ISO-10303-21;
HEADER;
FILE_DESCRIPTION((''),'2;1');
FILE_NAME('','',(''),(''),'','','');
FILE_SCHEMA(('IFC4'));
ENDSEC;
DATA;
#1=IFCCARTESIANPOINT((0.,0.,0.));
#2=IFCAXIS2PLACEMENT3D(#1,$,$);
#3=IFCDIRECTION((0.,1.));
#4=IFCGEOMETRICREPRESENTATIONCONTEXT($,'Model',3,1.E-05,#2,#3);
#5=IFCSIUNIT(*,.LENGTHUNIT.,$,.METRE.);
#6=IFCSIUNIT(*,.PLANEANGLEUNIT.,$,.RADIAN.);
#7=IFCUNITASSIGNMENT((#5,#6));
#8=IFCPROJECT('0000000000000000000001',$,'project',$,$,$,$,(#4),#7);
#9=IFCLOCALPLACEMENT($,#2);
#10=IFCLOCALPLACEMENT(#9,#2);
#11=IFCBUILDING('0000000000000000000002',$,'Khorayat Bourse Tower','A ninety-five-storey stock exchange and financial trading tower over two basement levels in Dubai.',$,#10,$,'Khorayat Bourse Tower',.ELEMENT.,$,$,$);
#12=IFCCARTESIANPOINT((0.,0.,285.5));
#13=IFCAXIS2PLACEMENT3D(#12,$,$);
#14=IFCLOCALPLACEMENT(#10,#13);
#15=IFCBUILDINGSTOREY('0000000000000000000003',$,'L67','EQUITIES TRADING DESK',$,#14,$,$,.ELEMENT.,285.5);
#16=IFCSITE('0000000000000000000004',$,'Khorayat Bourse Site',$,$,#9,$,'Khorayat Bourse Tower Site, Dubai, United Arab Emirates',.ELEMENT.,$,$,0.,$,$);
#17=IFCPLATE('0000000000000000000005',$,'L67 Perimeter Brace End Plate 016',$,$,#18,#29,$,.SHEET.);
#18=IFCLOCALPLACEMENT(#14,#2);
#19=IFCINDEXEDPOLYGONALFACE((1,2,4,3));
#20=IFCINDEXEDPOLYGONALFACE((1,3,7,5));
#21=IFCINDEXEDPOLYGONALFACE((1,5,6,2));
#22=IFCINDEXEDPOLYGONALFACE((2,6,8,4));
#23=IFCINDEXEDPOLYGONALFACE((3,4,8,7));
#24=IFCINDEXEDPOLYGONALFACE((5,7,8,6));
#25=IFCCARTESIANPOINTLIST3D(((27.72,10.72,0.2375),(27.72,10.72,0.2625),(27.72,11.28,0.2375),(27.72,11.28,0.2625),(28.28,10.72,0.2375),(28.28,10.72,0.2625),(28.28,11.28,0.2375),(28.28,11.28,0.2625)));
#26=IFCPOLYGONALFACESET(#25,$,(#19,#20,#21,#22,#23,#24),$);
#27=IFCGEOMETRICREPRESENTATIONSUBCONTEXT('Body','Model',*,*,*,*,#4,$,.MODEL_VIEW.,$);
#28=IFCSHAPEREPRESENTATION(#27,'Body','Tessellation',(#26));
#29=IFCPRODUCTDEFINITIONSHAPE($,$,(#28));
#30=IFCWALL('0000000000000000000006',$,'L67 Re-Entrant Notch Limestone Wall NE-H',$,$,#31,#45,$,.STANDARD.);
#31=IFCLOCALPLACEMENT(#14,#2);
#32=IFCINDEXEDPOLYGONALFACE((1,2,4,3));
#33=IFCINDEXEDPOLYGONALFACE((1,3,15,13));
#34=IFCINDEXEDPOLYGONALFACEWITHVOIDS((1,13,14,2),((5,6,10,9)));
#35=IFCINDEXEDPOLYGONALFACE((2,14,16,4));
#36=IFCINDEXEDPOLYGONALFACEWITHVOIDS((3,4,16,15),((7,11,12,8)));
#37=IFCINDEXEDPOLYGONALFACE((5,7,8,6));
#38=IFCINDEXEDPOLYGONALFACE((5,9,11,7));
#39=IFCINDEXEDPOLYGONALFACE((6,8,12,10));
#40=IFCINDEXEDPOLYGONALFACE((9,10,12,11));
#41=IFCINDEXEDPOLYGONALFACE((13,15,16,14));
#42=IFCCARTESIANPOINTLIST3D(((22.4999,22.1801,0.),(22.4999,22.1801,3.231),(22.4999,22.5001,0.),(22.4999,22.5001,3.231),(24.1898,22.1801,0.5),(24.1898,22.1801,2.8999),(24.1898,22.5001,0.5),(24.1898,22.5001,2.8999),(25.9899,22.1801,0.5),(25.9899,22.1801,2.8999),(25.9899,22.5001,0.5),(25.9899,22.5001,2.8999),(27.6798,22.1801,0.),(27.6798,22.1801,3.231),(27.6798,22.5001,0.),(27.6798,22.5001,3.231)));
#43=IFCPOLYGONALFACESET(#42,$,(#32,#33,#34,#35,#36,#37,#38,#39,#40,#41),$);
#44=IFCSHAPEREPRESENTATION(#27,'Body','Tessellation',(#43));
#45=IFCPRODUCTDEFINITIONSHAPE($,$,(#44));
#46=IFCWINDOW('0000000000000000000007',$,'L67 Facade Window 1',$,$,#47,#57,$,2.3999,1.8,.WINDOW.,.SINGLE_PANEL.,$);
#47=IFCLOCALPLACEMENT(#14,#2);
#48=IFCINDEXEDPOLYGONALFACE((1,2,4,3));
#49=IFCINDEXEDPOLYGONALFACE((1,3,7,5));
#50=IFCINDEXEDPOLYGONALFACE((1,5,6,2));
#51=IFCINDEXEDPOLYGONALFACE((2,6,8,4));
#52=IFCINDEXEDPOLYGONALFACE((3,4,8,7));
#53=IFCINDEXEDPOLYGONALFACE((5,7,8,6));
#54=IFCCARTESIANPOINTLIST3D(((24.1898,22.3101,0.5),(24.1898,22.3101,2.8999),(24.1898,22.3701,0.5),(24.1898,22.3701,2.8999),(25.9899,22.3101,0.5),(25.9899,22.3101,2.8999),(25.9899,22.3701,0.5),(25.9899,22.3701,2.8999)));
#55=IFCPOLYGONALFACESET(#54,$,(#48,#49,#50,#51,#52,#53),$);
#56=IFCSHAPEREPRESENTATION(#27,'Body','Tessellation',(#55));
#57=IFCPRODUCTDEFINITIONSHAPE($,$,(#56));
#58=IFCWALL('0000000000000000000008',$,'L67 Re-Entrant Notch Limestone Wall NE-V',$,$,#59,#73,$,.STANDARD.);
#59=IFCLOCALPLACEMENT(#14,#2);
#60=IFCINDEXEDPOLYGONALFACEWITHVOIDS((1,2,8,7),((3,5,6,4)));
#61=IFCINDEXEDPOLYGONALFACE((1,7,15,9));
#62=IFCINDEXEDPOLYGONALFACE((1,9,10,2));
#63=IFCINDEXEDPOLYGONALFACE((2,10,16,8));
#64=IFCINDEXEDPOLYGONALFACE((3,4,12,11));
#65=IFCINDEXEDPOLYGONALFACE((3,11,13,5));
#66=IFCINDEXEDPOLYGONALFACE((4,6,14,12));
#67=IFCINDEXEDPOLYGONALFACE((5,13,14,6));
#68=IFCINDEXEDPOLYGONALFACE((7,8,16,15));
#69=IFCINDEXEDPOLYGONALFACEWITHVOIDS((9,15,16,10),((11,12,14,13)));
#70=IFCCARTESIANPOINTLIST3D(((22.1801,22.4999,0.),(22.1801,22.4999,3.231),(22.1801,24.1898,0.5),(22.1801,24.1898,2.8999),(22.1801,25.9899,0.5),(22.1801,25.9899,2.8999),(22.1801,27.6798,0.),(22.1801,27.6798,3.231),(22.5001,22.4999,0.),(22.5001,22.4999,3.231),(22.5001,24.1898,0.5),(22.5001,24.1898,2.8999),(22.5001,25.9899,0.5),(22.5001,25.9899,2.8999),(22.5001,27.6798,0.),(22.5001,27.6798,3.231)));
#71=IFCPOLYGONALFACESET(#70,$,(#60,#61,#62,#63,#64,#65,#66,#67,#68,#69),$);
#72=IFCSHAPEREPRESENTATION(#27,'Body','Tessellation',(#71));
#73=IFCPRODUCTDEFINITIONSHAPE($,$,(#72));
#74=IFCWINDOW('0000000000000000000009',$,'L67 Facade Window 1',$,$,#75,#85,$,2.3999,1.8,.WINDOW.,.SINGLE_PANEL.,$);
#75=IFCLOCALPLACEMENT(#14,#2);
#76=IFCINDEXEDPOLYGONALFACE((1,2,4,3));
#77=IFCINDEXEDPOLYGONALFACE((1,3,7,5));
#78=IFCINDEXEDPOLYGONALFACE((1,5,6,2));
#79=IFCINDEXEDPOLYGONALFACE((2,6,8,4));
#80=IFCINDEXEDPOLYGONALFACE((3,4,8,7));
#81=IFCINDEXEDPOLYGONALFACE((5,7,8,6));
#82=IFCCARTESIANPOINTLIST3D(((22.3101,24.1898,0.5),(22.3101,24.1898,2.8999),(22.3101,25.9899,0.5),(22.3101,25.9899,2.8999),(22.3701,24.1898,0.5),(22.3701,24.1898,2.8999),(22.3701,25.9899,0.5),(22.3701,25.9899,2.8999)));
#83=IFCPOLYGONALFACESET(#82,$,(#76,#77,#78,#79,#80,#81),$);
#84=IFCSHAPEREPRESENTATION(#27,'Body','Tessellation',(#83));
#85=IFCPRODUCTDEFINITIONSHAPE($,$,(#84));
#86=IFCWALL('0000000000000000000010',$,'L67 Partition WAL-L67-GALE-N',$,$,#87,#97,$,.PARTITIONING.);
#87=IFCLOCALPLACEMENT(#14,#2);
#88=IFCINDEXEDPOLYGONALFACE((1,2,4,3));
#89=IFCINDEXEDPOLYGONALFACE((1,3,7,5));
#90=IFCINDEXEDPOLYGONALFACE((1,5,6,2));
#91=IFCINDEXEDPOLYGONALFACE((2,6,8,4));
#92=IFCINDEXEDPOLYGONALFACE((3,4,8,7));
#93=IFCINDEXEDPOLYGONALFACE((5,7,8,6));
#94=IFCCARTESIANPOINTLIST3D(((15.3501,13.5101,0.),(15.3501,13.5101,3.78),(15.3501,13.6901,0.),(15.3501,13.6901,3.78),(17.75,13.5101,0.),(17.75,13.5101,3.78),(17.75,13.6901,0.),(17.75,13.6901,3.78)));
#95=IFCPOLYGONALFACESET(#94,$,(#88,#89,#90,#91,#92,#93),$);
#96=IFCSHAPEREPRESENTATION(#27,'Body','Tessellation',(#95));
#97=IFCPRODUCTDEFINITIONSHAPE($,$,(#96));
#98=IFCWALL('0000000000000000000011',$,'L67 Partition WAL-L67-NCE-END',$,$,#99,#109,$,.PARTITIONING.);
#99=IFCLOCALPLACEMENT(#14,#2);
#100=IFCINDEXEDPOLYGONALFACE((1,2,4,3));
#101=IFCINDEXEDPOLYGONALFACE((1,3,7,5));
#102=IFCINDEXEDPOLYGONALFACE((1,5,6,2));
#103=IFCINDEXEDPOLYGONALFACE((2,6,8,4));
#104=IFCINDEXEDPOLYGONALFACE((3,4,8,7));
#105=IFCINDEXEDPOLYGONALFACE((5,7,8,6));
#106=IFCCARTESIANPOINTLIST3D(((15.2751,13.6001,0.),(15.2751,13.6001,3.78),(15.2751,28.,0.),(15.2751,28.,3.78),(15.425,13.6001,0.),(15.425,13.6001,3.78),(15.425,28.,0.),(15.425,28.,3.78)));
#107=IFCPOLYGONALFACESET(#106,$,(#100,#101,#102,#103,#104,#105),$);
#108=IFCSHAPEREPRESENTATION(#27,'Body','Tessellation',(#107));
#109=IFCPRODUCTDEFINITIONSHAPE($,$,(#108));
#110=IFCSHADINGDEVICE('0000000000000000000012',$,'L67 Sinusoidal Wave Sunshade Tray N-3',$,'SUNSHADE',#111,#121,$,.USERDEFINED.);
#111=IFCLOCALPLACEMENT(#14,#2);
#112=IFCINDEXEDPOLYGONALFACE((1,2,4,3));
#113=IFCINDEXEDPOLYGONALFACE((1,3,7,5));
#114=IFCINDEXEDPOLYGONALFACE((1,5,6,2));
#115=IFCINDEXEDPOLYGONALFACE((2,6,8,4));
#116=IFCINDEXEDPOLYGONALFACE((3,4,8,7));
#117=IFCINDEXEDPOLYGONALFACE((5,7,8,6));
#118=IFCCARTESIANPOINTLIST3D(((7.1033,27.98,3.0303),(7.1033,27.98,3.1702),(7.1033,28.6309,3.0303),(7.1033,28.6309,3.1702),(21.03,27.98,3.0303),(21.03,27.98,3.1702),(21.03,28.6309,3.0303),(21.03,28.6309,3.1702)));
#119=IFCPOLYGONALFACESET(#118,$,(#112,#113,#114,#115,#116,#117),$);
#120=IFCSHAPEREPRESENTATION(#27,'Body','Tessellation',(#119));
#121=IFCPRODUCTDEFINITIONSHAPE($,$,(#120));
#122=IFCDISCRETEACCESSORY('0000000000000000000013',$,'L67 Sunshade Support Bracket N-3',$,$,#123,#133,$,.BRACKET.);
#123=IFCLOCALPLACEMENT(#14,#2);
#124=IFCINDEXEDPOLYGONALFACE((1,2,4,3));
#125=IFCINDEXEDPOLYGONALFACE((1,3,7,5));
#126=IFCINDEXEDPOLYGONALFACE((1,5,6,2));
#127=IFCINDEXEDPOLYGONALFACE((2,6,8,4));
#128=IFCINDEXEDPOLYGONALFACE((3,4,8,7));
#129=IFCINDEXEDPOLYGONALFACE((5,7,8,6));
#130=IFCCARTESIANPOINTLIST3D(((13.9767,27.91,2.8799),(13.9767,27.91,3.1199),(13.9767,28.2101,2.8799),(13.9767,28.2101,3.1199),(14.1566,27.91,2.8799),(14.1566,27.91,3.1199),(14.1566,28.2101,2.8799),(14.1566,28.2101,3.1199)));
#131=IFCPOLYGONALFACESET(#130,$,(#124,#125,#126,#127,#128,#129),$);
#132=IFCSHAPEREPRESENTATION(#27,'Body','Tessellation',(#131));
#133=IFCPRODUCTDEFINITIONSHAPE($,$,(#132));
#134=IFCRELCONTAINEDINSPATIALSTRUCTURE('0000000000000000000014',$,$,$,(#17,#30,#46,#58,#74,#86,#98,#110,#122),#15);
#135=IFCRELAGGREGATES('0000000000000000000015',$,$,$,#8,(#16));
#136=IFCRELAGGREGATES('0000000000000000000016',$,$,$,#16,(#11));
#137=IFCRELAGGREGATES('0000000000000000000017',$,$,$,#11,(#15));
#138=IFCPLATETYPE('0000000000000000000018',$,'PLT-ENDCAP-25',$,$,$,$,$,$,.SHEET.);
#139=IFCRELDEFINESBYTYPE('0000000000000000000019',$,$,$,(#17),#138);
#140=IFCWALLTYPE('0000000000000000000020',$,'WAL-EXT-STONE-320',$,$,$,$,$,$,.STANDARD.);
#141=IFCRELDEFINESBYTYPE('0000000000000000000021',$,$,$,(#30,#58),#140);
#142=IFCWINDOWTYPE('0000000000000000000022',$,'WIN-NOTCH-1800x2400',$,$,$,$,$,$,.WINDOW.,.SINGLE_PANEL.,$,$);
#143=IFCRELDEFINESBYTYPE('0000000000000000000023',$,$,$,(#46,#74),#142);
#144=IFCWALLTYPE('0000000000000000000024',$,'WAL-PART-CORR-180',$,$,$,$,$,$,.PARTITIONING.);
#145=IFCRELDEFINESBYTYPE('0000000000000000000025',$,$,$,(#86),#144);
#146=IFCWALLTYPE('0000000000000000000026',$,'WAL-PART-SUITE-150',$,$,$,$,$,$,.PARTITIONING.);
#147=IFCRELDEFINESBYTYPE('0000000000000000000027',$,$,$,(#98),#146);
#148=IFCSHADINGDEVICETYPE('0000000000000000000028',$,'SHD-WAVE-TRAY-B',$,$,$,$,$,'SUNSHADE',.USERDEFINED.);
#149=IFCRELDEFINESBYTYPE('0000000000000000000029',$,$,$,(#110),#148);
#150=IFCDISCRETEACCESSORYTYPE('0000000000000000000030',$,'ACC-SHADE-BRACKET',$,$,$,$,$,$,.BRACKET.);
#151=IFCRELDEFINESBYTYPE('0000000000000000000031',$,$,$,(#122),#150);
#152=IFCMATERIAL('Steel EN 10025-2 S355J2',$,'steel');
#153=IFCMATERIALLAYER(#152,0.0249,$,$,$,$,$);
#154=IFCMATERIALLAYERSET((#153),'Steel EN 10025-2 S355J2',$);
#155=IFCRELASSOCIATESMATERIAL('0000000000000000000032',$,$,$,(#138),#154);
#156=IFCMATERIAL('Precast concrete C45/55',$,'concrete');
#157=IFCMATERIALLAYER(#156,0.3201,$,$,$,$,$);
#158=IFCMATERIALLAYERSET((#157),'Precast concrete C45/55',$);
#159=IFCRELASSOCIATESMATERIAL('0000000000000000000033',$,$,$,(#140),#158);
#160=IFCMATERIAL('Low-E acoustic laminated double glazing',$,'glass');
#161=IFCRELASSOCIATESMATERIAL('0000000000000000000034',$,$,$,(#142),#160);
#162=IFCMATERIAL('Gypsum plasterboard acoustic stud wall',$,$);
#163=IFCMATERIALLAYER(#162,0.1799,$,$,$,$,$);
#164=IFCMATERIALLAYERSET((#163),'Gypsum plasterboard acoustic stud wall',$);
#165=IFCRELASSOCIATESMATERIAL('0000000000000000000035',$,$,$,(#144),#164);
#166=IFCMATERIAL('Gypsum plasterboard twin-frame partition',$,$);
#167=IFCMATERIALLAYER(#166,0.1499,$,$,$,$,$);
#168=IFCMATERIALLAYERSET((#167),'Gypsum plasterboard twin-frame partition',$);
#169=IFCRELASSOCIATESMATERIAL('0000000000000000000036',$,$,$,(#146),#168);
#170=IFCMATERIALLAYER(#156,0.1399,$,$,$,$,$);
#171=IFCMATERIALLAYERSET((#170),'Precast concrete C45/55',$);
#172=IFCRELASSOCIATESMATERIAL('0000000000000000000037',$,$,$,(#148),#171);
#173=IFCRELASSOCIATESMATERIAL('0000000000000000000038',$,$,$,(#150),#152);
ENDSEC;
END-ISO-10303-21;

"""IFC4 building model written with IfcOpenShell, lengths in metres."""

from ifc_helpers import new_model, si_unit, direction, frame, frame_2d, origin, origin_2d, place, context, subcontext, project, spatial, rectangle, extrude, source, transform, mapped, material, layer, layer_set, type_object, element, fill, save


model = new_model("IFC4")

# Units and contexts
model_context = context("Model", 3, precision=1e-05, world=origin(), true_north=direction((0.0, 1.0)))
body_context = subcontext(model_context, "Body", "Model", "MODEL_VIEW")
ifc_project = project(units=[si_unit("LENGTHUNIT", "METRE"), si_unit("PLANEANGLEUNIT", "RADIAN")], contexts=[model_context])

# Site, building, storey
site_placement = place(None, origin())
site = spatial("IfcSite", under=ifc_project, at=site_placement, Name="Khorayat Bourse Site", LongName="Khorayat Bourse Tower Site, Dubai, United Arab Emirates", CompositionType="ELEMENT", RefElevation=0.0)
building_placement = place(site_placement, origin())
building = spatial("IfcBuilding", under=site, at=building_placement, Name="Khorayat Bourse Tower", Description="A ninety-five-storey stock exchange and financial trading tower over two basement levels in Dubai.", LongName="Khorayat Bourse Tower", CompositionType="ELEMENT")
storey_placement = place(building_placement, frame((0.0, 0.0, 285.5)))
storey = spatial("IfcBuildingStorey", under=building, at=storey_placement, Name="L67", Description="EQUITIES TRADING DESK", CompositionType="ELEMENT", Elevation=285.5)

# Plate
ifc_material_1 = material(Name="Steel EN 10025-2 S355J2", Category="steel")
ifc_layer_1 = layer(ifc_material_1, 0.0249)
ifc_layer_set_1 = layer_set([ifc_layer_1], Name="Steel EN 10025-2 S355J2")
plate_type = type_object("IfcPlateType", Name="PLT-ENDCAP-25", PredefinedType="SHEET", material=ifc_layer_set_1)
shared_shape_1 = source(origin(), body_context, "Body", "SweptSolid", [
    extrude(rectangle(XDim=0.5601, YDim=0.5601, at=origin_2d()), origin(), (0.0, 0.0, 1.0), 0.0249),
])
for number, where, z_axis, x_axis, name in (
    (1, (28.0, 11.0, 0.2375), (0.0, 0.0, 1.0), (1.0, 0.0, 0.0), "L67 Perimeter Brace End Plate 016"),
):
    element("IfcPlate", number, at=place(storey_placement, frame(where, z_axis=z_axis, x_axis=x_axis)), inside=storey, type_object=plate_type, Name=name, PredefinedType="SHEET", context=body_context, shape_type="MappedRepresentation", body=[
        mapped(shared_shape_1, transform((0.0, 0.0, 0.0), scale=1.0)),
    ])

# Walls, openings, windows
ifc_material_2 = material(Name="Precast concrete C45/55", Category="concrete")
ifc_layer_2 = layer(ifc_material_2, 0.3201)
ifc_layer_set_2 = layer_set([ifc_layer_2], Name="Precast concrete C45/55")
wall_type_1 = type_object("IfcWallType", Name="WAL-EXT-STONE-320", PredefinedType="STANDARD", material=ifc_layer_set_2)
shared_shape_2 = source(origin(), body_context, "Body", "SweptSolid", [
    extrude(rectangle(XDim=5.1799, YDim=0.3201, at=frame_2d((2.5898, 0.0))), origin(), (0.0, 0.0, 1.0), 3.231),
])
wall_1_placement = place(storey_placement, frame((22.5, 22.3401, 0.0), z_axis=(0.0, 0.0, 1.0), x_axis=(1.0, 0.0, 0.0)))
wall_1 = element("IfcWall", 2, at=wall_1_placement, inside=storey, type_object=wall_type_1, Name="L67 Re-Entrant Notch Limestone Wall NE-H", PredefinedType="STANDARD", context=body_context, shape_type="MappedRepresentation", body=[
    mapped(shared_shape_2, transform((0.0, 0.0, 0.0), scale=1.0)),
])
shared_shape_3 = source(origin(), body_context, "Body", "SweptSolid", [
    extrude(rectangle(XDim=1.8, YDim=2.3999, at=frame_2d((0.8999, 1.2))), frame((0.0, 0.1699, 0.0), z_axis=(0.0, -1.0, 0.0), x_axis=(1.0, 0.0, 0.0)), (0.0, 0.0, 1.0), 0.3401),
])
opening_1_placement = place(wall_1_placement, frame((1.6899, 0.0, 0.5)))
opening_1 = element("IfcOpeningElement", 3, at=opening_1_placement, cuts=wall_1, PredefinedType="OPENING", context=body_context, shape_type="MappedRepresentation", body=[
    mapped(shared_shape_3, transform((0.0, 0.0, 0.0), scale=1.0)),
])
ifc_material_3 = material(Name="Low-E acoustic laminated double glazing", Category="glass")
window_type = type_object("IfcWindowType", Name="WIN-NOTCH-1800x2400", PartitioningType="SINGLE_PANEL", PredefinedType="WINDOW", material=ifc_material_3)
shared_shape_4 = source(origin(), body_context, "Body", "SweptSolid", [
    extrude(rectangle(XDim=1.8, YDim=2.3999, at=frame_2d((0.8999, 1.2))), frame((0.0, 0.03, 0.0), z_axis=(0.0, -1.0, 0.0), x_axis=(1.0, 0.0, 0.0)), (0.0, 0.0, 1.0), 0.0601),
])
window_1_placement = place(opening_1_placement, origin())
window_1 = element("IfcWindow", 4, at=window_1_placement, inside=storey, type_object=window_type, Name="L67 Facade Window 1", OverallHeight=2.3999, OverallWidth=1.8, PartitioningType="SINGLE_PANEL", PredefinedType="WINDOW", context=body_context, shape_type="MappedRepresentation", body=[
    mapped(shared_shape_4, transform((0.0, 0.0, 0.0), scale=1.0)),
])
fill(opening_1, window_1)
wall_2_placement = place(storey_placement, frame((22.3401, 22.5, 0.0), z_axis=(0.0, 0.0, 1.0), x_axis=(0.0, 1.0, 0.0)))
wall_2 = element("IfcWall", 5, at=wall_2_placement, inside=storey, type_object=wall_type_1, Name="L67 Re-Entrant Notch Limestone Wall NE-V", PredefinedType="STANDARD", context=body_context, shape_type="MappedRepresentation", body=[
    mapped(shared_shape_2, transform((0.0, 0.0, 0.0), scale=1.0)),
])
opening_2_placement = place(wall_2_placement, frame((1.6899, 0.0, 0.5)))
opening_2 = element("IfcOpeningElement", 6, at=opening_2_placement, cuts=wall_2, PredefinedType="OPENING", context=body_context, shape_type="MappedRepresentation", body=[
    mapped(shared_shape_3, transform((0.0, 0.0, 0.0), scale=1.0)),
])
window_2_placement = place(opening_2_placement, origin())
window_2 = element("IfcWindow", 7, at=window_2_placement, inside=storey, type_object=window_type, Name="L67 Facade Window 1", OverallHeight=2.3999, OverallWidth=1.8, PartitioningType="SINGLE_PANEL", PredefinedType="WINDOW", context=body_context, shape_type="MappedRepresentation", body=[
    mapped(shared_shape_4, transform((0.0, 0.0, 0.0), scale=1.0)),
])
fill(opening_2, window_2)

# Walls
ifc_material_4 = material(Name="Gypsum plasterboard acoustic stud wall")
ifc_layer_3 = layer(ifc_material_4, 0.1799)
ifc_layer_set_3 = layer_set([ifc_layer_3], Name="Gypsum plasterboard acoustic stud wall")
wall_type_2 = type_object("IfcWallType", Name="WAL-PART-CORR-180", PredefinedType="PARTITIONING", material=ifc_layer_set_3)
shared_shape_5 = source(origin(), body_context, "Body", "SweptSolid", [
    extrude(rectangle(XDim=2.3999, YDim=0.1799, at=frame_2d((1.2, 0.0))), origin(), (0.0, 0.0, 1.0), 3.78),
])
wall_3_placement = place(storey_placement, frame((15.3501, 13.6001, 0.0), z_axis=(0.0, 0.0, 1.0), x_axis=(1.0, 0.0, 0.0)))
element("IfcWall", 8, at=wall_3_placement, inside=storey, type_object=wall_type_2, Name="L67 Partition WAL-L67-GALE-N", PredefinedType="PARTITIONING", context=body_context, shape_type="MappedRepresentation", body=[
    mapped(shared_shape_5, transform((0.0, 0.0, 0.0), scale=1.0)),
])
ifc_material_5 = material(Name="Gypsum plasterboard twin-frame partition")
ifc_layer_4 = layer(ifc_material_5, 0.1499)
ifc_layer_set_4 = layer_set([ifc_layer_4], Name="Gypsum plasterboard twin-frame partition")
wall_type_3 = type_object("IfcWallType", Name="WAL-PART-SUITE-150", PredefinedType="PARTITIONING", material=ifc_layer_set_4)
shared_shape_6 = source(origin(), body_context, "Body", "SweptSolid", [
    extrude(rectangle(XDim=14.3999, YDim=0.1499, at=frame_2d((7.2, 0.0))), origin(), (0.0, 0.0, 1.0), 3.78),
])
wall_4_placement = place(storey_placement, frame((15.3501, 13.6001, 0.0), z_axis=(0.0, 0.0, 1.0), x_axis=(0.0, 1.0, 0.0)))
element("IfcWall", 9, at=wall_4_placement, inside=storey, type_object=wall_type_3, Name="L67 Partition WAL-L67-NCE-END", PredefinedType="PARTITIONING", context=body_context, shape_type="MappedRepresentation", body=[
    mapped(shared_shape_6, transform((0.0, 0.0, 0.0), scale=1.0)),
])

# Shading device
ifc_layer_5 = layer(ifc_material_2, 0.1399)
ifc_layer_set_5 = layer_set([ifc_layer_5], Name="Precast concrete C45/55")
shading_device_type = type_object("IfcShadingDeviceType", Name="SHD-WAVE-TRAY-B", ElementType="SUNSHADE", PredefinedType="USERDEFINED", material=ifc_layer_set_5)
shared_shape_7 = source(origin(), body_context, "Body", "SweptSolid", [
    extrude(rectangle(XDim=13.9268, YDim=0.6509, at=origin_2d()), origin(), (0.0, 0.0, 1.0), 0.1399),
])
shading_device_placement = place(storey_placement, frame((14.0667, 28.3054, 3.0303), z_axis=(0.0, 0.0, 1.0), x_axis=(1.0, 0.0, 0.0)))
element("IfcShadingDevice", 10, at=shading_device_placement, inside=storey, type_object=shading_device_type, Name="L67 Sinusoidal Wave Sunshade Tray N-3", ObjectType="SUNSHADE", PredefinedType="USERDEFINED", context=body_context, shape_type="MappedRepresentation", body=[
    mapped(shared_shape_7, transform((0.0, 0.0, 0.0), scale=1.0)),
])

# Discrete accessory
discrete_accessory_type = type_object("IfcDiscreteAccessoryType", Name="ACC-SHADE-BRACKET", PredefinedType="BRACKET", material=ifc_material_1)
shared_shape_8 = source(origin(), body_context, "Body", "SweptSolid", [
    extrude(rectangle(XDim=0.1799, YDim=0.3, at=origin_2d()), origin(), (0.0, 0.0, 1.0), 0.24),
])
discrete_accessory_placement = place(storey_placement, frame((14.0667, 28.0601, 2.8799), z_axis=(0.0, 0.0, 1.0), x_axis=(1.0, 0.0, 0.0)))
element("IfcDiscreteAccessory", 11, at=discrete_accessory_placement, inside=storey, type_object=discrete_accessory_type, Name="L67 Sunshade Support Bracket N-3", PredefinedType="BRACKET", context=body_context, shape_type="MappedRepresentation", body=[
    mapped(shared_shape_8, transform((0.0, 0.0, 0.0), scale=1.0)),
])

save(model, "model.ifc")
